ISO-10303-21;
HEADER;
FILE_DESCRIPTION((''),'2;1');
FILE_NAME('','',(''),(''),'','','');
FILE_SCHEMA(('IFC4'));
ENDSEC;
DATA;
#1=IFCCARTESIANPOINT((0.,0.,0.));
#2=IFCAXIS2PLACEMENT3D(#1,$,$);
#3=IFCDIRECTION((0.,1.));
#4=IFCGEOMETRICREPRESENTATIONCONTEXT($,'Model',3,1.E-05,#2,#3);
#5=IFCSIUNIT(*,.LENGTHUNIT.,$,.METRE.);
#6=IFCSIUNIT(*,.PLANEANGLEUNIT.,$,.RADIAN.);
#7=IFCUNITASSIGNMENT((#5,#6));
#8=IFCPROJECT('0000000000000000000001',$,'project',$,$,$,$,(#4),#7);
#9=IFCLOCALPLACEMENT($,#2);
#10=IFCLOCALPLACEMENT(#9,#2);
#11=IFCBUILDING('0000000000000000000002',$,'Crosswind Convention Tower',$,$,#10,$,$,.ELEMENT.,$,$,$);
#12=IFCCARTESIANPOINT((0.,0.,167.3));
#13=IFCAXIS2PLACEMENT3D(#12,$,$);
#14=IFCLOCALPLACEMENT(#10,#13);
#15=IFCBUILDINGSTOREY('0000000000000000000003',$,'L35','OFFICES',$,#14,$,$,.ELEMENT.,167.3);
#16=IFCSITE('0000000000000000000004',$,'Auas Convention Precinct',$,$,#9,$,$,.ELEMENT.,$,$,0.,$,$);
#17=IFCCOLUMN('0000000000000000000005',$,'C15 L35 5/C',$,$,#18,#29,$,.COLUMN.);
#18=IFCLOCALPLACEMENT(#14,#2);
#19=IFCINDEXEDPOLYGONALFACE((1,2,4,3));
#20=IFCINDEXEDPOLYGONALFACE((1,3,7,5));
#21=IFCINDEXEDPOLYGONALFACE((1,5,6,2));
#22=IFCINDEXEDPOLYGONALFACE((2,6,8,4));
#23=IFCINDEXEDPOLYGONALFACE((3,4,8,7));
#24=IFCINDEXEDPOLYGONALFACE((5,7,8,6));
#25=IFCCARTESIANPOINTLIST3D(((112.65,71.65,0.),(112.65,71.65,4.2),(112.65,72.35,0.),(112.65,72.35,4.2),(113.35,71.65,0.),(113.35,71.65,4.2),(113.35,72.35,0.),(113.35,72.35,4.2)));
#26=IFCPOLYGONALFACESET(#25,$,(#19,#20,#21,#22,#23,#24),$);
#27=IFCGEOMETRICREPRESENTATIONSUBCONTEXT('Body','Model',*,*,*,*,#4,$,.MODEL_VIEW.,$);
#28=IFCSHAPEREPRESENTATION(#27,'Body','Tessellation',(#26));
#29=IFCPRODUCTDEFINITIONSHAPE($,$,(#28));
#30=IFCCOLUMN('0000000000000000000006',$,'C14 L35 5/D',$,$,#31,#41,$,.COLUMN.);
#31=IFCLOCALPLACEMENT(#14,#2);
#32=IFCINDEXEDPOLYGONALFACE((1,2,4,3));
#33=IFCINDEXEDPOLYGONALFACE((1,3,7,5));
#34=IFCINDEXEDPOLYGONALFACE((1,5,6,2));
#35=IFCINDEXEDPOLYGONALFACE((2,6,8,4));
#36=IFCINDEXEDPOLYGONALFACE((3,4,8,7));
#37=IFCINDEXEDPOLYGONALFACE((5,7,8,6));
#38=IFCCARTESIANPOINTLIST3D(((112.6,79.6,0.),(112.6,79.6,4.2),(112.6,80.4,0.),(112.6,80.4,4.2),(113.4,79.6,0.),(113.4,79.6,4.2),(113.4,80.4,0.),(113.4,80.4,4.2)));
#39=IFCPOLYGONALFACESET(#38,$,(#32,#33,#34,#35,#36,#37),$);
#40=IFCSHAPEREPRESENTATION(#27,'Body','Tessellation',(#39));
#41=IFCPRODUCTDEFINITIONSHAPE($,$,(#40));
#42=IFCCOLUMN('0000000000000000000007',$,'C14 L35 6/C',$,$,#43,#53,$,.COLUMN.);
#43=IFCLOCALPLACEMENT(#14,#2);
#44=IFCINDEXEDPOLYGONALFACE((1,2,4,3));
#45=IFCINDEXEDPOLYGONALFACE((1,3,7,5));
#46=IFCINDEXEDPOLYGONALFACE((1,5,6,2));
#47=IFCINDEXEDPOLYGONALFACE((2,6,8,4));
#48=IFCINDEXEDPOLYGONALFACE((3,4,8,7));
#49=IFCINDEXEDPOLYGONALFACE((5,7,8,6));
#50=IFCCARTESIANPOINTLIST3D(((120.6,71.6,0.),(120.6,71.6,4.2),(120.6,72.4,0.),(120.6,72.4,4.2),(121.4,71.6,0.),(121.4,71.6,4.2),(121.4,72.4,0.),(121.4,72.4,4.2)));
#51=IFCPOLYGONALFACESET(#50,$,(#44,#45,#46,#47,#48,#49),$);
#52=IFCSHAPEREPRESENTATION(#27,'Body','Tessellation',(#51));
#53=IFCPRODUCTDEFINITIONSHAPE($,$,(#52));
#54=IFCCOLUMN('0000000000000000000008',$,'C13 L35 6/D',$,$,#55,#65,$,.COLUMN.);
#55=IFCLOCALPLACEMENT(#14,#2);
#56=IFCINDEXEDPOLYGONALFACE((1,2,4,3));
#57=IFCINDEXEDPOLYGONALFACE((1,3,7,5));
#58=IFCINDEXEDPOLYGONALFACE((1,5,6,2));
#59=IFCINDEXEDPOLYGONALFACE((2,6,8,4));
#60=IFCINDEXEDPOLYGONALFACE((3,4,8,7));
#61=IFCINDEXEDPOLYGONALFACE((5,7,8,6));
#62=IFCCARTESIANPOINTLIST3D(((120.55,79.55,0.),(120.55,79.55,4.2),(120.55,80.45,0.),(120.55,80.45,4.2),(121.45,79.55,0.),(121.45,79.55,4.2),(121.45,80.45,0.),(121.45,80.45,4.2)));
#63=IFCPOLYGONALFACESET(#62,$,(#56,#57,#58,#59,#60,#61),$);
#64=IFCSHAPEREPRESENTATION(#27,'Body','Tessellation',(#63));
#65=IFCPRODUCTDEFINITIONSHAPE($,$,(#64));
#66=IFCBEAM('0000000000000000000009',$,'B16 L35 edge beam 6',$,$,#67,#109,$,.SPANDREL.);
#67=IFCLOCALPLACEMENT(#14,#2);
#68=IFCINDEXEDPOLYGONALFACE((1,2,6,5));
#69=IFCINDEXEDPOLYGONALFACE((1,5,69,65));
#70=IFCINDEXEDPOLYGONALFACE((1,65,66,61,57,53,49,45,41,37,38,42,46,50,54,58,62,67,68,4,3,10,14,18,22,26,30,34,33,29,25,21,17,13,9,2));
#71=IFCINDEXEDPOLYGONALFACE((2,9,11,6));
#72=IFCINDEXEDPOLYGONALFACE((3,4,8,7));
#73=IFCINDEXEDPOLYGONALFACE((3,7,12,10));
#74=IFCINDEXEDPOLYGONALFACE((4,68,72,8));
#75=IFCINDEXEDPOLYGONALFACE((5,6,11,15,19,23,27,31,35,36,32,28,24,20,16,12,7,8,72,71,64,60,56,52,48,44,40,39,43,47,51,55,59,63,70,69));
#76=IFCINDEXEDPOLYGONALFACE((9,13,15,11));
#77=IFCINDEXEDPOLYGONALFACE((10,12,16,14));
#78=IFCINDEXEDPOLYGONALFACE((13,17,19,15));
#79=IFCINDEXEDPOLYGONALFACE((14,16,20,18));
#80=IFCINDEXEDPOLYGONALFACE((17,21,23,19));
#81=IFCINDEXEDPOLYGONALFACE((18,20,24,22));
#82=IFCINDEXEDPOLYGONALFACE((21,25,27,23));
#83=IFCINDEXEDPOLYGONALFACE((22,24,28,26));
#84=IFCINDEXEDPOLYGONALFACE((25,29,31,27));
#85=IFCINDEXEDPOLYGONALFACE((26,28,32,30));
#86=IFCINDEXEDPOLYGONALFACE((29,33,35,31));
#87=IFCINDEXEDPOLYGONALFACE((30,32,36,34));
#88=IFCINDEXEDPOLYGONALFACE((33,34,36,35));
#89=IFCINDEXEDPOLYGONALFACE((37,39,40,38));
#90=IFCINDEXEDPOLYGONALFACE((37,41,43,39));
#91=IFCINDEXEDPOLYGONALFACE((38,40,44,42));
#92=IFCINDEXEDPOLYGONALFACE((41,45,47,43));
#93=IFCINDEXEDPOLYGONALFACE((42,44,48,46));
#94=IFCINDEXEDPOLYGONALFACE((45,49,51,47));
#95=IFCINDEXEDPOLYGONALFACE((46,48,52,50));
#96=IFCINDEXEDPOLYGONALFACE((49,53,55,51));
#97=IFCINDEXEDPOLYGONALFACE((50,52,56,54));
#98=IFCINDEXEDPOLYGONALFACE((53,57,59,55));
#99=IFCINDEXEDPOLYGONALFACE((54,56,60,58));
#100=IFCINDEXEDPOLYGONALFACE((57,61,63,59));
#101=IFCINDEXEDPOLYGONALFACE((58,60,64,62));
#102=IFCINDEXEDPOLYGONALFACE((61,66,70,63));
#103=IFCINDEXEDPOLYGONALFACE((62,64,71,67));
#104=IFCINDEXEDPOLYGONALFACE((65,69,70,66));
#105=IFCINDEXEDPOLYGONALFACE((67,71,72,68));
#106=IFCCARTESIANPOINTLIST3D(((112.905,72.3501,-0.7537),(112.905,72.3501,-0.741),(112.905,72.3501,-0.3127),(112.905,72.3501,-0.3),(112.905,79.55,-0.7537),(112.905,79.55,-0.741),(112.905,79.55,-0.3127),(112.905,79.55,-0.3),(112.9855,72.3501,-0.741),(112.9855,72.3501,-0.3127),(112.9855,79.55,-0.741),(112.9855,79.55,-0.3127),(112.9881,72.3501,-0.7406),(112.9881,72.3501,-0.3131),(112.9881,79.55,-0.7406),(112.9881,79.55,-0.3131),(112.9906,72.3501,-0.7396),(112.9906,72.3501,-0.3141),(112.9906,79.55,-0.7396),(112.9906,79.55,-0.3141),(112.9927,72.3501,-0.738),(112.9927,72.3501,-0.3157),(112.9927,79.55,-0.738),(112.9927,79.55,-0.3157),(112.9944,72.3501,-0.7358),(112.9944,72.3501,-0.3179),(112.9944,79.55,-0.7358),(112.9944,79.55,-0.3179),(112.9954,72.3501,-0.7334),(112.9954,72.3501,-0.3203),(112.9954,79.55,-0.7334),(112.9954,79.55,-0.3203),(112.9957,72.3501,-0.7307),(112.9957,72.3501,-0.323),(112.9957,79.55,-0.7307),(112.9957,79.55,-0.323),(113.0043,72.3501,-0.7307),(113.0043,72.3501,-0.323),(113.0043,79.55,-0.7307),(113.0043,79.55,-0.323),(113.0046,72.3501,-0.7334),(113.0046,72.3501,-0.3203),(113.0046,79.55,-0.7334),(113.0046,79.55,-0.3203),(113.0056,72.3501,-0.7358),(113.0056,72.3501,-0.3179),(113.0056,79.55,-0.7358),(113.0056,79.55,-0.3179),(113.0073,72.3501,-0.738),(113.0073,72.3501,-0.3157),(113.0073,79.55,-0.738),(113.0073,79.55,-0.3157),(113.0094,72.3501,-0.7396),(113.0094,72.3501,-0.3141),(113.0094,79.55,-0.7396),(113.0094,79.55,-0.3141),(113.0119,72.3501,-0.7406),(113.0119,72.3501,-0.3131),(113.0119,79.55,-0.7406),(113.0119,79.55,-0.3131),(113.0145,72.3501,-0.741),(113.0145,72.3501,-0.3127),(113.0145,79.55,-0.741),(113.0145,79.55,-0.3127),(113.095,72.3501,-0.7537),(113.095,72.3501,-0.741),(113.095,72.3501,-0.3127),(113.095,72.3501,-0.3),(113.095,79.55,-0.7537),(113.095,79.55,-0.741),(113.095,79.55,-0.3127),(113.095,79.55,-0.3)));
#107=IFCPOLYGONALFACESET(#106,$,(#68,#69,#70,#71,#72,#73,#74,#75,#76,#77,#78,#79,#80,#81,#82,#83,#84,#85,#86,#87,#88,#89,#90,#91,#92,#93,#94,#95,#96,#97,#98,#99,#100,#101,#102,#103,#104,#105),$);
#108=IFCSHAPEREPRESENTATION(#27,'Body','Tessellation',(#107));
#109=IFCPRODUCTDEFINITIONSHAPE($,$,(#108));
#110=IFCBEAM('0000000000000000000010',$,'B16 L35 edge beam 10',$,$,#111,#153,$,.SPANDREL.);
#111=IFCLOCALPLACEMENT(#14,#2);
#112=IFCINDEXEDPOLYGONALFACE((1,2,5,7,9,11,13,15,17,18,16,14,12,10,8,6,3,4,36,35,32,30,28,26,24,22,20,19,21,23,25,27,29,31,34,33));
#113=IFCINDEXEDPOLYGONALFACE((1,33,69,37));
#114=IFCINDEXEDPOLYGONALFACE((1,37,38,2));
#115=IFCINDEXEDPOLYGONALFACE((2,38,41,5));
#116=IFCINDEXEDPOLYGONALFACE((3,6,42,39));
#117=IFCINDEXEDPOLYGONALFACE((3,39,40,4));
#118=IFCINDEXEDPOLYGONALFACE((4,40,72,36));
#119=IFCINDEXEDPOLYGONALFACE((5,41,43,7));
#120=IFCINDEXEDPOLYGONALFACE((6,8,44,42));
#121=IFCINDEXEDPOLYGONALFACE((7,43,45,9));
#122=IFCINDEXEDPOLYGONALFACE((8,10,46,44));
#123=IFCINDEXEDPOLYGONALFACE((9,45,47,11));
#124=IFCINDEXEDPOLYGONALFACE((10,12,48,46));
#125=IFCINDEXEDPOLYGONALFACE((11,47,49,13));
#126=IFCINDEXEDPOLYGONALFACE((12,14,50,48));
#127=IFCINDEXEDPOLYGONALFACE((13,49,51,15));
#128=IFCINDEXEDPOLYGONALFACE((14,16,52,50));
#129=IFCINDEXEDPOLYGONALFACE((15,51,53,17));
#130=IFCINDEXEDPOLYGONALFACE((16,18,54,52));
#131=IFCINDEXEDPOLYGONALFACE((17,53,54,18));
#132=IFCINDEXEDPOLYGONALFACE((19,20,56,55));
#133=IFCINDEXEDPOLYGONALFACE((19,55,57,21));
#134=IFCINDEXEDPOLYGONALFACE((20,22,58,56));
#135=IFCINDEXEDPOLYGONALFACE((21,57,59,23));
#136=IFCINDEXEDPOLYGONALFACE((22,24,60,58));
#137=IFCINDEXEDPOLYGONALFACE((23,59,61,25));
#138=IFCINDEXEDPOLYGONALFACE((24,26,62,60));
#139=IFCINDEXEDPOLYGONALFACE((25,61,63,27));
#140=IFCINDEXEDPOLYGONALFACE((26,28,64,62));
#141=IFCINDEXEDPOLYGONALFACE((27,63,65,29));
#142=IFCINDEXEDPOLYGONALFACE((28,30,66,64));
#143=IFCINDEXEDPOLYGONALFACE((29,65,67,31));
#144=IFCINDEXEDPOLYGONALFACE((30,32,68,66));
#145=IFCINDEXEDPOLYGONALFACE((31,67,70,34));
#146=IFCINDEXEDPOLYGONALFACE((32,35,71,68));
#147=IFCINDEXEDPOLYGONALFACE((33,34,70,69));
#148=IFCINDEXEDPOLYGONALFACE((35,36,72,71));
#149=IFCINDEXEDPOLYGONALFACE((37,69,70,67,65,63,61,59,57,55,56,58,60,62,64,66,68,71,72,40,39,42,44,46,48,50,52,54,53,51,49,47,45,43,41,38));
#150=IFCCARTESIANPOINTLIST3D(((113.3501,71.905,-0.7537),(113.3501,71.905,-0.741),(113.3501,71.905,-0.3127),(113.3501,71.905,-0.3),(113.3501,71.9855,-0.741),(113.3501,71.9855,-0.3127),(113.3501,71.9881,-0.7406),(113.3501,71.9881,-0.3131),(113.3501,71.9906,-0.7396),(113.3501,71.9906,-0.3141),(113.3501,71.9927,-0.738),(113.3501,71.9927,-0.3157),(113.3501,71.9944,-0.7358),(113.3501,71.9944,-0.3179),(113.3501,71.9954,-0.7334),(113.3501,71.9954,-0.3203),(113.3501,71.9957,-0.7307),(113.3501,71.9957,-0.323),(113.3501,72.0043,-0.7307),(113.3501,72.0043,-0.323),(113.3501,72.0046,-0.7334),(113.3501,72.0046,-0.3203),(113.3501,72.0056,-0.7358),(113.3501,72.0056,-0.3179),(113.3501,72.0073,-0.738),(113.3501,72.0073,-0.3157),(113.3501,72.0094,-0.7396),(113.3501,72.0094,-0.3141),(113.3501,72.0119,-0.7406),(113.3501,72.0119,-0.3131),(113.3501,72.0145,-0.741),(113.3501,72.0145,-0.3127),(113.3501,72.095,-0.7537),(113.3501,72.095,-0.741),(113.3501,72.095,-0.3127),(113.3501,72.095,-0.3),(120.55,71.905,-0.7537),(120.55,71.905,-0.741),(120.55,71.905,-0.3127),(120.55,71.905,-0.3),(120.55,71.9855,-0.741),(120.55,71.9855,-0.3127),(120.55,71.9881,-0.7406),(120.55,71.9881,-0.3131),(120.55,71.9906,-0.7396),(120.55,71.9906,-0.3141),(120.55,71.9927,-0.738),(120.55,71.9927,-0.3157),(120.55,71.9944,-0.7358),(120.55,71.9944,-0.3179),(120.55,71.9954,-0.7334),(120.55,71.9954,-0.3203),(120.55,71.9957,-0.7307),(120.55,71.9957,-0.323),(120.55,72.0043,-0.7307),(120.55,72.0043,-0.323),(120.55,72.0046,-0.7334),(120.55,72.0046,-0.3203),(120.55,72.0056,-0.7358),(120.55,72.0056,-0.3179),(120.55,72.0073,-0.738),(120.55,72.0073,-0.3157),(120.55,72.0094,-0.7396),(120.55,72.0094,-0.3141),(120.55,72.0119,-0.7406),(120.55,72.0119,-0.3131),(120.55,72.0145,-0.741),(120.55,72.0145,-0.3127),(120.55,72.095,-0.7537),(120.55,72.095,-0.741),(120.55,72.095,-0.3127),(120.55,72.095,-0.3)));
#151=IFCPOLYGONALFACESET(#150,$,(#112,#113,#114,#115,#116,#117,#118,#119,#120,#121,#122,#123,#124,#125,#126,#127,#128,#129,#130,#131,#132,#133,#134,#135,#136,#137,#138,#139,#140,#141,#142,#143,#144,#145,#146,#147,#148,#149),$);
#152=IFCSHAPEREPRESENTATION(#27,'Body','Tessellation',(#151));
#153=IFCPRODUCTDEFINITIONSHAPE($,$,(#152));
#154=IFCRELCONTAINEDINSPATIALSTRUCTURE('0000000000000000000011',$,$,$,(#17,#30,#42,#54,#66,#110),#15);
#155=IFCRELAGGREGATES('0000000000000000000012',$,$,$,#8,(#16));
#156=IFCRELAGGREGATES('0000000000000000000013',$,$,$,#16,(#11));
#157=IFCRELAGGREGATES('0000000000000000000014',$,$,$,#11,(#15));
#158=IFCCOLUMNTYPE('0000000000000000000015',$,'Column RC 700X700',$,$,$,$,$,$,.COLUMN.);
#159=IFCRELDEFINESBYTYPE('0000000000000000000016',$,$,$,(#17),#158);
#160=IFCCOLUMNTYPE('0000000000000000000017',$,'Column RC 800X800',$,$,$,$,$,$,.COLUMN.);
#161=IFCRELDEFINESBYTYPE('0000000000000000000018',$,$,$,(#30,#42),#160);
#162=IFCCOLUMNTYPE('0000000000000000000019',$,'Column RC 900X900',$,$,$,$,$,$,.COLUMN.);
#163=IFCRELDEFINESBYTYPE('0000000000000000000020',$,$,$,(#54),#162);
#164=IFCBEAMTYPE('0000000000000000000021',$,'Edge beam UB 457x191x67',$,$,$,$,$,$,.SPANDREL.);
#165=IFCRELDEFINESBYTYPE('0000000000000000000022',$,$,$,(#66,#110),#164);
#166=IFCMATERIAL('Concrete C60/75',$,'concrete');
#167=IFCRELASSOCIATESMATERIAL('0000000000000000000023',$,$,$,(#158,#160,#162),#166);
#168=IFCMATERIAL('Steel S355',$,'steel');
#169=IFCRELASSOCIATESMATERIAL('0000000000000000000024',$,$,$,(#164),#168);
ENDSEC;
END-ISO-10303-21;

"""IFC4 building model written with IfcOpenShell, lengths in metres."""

from ifc_helpers import new_model, si_unit, direction, frame, origin, origin_2d, place, context, subcontext, project, spatial, rectangle, i_section, extrude, material, material_profile, profile_set, type_object, element, save


model = new_model("IFC4")

# Units and contexts
model_context = context("Model", 3, precision=1e-05, world=origin(), true_north=direction((0.0, 1.0)))
body_context = subcontext(model_context, "Body", "Model", "MODEL_VIEW")
ifc_project = project(units=[si_unit("LENGTHUNIT", "METRE"), si_unit("PLANEANGLEUNIT", "RADIAN")], contexts=[model_context])

# Site, building, storey
site_placement = place(None, origin())
site = spatial("IfcSite", under=ifc_project, at=site_placement, Name="Auas Convention Precinct", CompositionType="ELEMENT", RefElevation=0.0)
building_placement = place(site_placement, origin())
building = spatial("IfcBuilding", under=site, at=building_placement, Name="Crosswind Convention Tower", CompositionType="ELEMENT")
storey_placement = place(building_placement, frame((0.0, 0.0, 167.3)))
storey = spatial("IfcBuildingStorey", under=building, at=storey_placement, Name="L35", Description="OFFICES", CompositionType="ELEMENT", Elevation=167.3)

# Columns
ifc_material_1 = material(Name="Concrete C60/75", Category="concrete")
ifc_material_profile_1 = material_profile(ifc_material_1, rectangle(XDim=0.7, YDim=0.7, at=origin_2d()), Name="RC 700X700")
ifc_profile_set_1 = profile_set([ifc_material_profile_1], Name="Concrete C60/75")
column_type_1 = type_object("IfcColumnType", Name="Column RC 700X700", PredefinedType="COLUMN", material=ifc_profile_set_1)
column_1_placement = place(storey_placement, frame((113.0, 72.0, 0.0), z_axis=(0.0, 0.0, 1.0), x_axis=(1.0, 0.0, 0.0)))
element("IfcColumn", 1, at=column_1_placement, inside=storey, type_object=column_type_1, Name="C15 L35 5/C", PredefinedType="COLUMN", context=body_context, shape_type="SweptSolid", body=[
    extrude(rectangle(XDim=0.7, YDim=0.7, at=origin_2d()), origin(), (0.0, 0.0, 1.0), 4.2),
])
ifc_material_profile_2 = material_profile(ifc_material_1, rectangle(XDim=0.8, YDim=0.8, at=origin_2d()), Name="RC 800X800")
ifc_profile_set_2 = profile_set([ifc_material_profile_2], Name="Concrete C60/75")
column_type_2 = type_object("IfcColumnType", Name="Column RC 800X800", PredefinedType="COLUMN", material=ifc_profile_set_2)
for number, where, z_axis, x_axis, name in (
    (2, (113.0, 80.0, 0.0), (0.0, 0.0, 1.0), (1.0, 0.0, 0.0), "C14 L35 5/D"),
    (3, (121.0, 72.0, 0.0), (0.0, 0.0, 1.0), (1.0, 0.0, 0.0), "C14 L35 6/C"),
):
    element("IfcColumn", number, at=place(storey_placement, frame(where, z_axis=z_axis, x_axis=x_axis)), inside=storey, type_object=column_type_2, Name=name, PredefinedType="COLUMN", context=body_context, shape_type="SweptSolid", body=[
        extrude(rectangle(XDim=0.8, YDim=0.8, at=origin_2d()), origin(), (0.0, 0.0, 1.0), 4.2),
    ])
ifc_material_profile_3 = material_profile(ifc_material_1, rectangle(XDim=0.8999, YDim=0.8999, at=origin_2d()), Name="RC 900X900")
ifc_profile_set_3 = profile_set([ifc_material_profile_3], Name="Concrete C60/75")
column_type_3 = type_object("IfcColumnType", Name="Column RC 900X900", PredefinedType="COLUMN", material=ifc_profile_set_3)
column_2_placement = place(storey_placement, frame((121.0, 80.0, 0.0), z_axis=(0.0, 0.0, 1.0), x_axis=(1.0, 0.0, 0.0)))
element("IfcColumn", 4, at=column_2_placement, inside=storey, type_object=column_type_3, Name="C13 L35 6/D", PredefinedType="COLUMN", context=body_context, shape_type="SweptSolid", body=[
    extrude(rectangle(XDim=0.8999, YDim=0.8999, at=origin_2d()), origin(), (0.0, 0.0, 1.0), 4.2),
])

# Beams
ifc_material_2 = material(Name="Steel S355", Category="steel")
ifc_material_profile_4 = material_profile(ifc_material_2, i_section(OverallWidth=0.1899, OverallDepth=0.4536, WebThickness=0.0085, FlangeThickness=0.0127, FilletRadius=0.0103, at=origin_2d()), Name="UB 457x191x67")
ifc_profile_set_4 = profile_set([ifc_material_profile_4], Name="Steel S355")
beam_type_1 = type_object("IfcBeamType", Name="Edge beam UB 457x191x67", PredefinedType="SPANDREL", material=ifc_profile_set_4)
for number, where, z_axis, x_axis, name in (
    (5, (113.0, 72.3501, -0.5269), (0.0, 1.0, 0.0), (-1.0, 0.0, 0.0), "B16 L35 edge beam 6"),
    (6, (113.3501, 72.0, -0.5269), (1.0, 0.0, 0.0), (0.0, 1.0, 0.0), "B16 L35 edge beam 10"),
):
    element("IfcBeam", number, at=place(storey_placement, frame(where, z_axis=z_axis, x_axis=x_axis)), inside=storey, type_object=beam_type_1, Name=name, PredefinedType="SPANDREL", context=body_context, shape_type="SweptSolid", body=[
        extrude(i_section(OverallWidth=0.1899, OverallDepth=0.4536, WebThickness=0.0085, FlangeThickness=0.0127, FilletRadius=0.0103, at=origin_2d()), origin(), (0.0, 0.0, 1.0), 7.2),
    ])

save(model, "model.ifc")
